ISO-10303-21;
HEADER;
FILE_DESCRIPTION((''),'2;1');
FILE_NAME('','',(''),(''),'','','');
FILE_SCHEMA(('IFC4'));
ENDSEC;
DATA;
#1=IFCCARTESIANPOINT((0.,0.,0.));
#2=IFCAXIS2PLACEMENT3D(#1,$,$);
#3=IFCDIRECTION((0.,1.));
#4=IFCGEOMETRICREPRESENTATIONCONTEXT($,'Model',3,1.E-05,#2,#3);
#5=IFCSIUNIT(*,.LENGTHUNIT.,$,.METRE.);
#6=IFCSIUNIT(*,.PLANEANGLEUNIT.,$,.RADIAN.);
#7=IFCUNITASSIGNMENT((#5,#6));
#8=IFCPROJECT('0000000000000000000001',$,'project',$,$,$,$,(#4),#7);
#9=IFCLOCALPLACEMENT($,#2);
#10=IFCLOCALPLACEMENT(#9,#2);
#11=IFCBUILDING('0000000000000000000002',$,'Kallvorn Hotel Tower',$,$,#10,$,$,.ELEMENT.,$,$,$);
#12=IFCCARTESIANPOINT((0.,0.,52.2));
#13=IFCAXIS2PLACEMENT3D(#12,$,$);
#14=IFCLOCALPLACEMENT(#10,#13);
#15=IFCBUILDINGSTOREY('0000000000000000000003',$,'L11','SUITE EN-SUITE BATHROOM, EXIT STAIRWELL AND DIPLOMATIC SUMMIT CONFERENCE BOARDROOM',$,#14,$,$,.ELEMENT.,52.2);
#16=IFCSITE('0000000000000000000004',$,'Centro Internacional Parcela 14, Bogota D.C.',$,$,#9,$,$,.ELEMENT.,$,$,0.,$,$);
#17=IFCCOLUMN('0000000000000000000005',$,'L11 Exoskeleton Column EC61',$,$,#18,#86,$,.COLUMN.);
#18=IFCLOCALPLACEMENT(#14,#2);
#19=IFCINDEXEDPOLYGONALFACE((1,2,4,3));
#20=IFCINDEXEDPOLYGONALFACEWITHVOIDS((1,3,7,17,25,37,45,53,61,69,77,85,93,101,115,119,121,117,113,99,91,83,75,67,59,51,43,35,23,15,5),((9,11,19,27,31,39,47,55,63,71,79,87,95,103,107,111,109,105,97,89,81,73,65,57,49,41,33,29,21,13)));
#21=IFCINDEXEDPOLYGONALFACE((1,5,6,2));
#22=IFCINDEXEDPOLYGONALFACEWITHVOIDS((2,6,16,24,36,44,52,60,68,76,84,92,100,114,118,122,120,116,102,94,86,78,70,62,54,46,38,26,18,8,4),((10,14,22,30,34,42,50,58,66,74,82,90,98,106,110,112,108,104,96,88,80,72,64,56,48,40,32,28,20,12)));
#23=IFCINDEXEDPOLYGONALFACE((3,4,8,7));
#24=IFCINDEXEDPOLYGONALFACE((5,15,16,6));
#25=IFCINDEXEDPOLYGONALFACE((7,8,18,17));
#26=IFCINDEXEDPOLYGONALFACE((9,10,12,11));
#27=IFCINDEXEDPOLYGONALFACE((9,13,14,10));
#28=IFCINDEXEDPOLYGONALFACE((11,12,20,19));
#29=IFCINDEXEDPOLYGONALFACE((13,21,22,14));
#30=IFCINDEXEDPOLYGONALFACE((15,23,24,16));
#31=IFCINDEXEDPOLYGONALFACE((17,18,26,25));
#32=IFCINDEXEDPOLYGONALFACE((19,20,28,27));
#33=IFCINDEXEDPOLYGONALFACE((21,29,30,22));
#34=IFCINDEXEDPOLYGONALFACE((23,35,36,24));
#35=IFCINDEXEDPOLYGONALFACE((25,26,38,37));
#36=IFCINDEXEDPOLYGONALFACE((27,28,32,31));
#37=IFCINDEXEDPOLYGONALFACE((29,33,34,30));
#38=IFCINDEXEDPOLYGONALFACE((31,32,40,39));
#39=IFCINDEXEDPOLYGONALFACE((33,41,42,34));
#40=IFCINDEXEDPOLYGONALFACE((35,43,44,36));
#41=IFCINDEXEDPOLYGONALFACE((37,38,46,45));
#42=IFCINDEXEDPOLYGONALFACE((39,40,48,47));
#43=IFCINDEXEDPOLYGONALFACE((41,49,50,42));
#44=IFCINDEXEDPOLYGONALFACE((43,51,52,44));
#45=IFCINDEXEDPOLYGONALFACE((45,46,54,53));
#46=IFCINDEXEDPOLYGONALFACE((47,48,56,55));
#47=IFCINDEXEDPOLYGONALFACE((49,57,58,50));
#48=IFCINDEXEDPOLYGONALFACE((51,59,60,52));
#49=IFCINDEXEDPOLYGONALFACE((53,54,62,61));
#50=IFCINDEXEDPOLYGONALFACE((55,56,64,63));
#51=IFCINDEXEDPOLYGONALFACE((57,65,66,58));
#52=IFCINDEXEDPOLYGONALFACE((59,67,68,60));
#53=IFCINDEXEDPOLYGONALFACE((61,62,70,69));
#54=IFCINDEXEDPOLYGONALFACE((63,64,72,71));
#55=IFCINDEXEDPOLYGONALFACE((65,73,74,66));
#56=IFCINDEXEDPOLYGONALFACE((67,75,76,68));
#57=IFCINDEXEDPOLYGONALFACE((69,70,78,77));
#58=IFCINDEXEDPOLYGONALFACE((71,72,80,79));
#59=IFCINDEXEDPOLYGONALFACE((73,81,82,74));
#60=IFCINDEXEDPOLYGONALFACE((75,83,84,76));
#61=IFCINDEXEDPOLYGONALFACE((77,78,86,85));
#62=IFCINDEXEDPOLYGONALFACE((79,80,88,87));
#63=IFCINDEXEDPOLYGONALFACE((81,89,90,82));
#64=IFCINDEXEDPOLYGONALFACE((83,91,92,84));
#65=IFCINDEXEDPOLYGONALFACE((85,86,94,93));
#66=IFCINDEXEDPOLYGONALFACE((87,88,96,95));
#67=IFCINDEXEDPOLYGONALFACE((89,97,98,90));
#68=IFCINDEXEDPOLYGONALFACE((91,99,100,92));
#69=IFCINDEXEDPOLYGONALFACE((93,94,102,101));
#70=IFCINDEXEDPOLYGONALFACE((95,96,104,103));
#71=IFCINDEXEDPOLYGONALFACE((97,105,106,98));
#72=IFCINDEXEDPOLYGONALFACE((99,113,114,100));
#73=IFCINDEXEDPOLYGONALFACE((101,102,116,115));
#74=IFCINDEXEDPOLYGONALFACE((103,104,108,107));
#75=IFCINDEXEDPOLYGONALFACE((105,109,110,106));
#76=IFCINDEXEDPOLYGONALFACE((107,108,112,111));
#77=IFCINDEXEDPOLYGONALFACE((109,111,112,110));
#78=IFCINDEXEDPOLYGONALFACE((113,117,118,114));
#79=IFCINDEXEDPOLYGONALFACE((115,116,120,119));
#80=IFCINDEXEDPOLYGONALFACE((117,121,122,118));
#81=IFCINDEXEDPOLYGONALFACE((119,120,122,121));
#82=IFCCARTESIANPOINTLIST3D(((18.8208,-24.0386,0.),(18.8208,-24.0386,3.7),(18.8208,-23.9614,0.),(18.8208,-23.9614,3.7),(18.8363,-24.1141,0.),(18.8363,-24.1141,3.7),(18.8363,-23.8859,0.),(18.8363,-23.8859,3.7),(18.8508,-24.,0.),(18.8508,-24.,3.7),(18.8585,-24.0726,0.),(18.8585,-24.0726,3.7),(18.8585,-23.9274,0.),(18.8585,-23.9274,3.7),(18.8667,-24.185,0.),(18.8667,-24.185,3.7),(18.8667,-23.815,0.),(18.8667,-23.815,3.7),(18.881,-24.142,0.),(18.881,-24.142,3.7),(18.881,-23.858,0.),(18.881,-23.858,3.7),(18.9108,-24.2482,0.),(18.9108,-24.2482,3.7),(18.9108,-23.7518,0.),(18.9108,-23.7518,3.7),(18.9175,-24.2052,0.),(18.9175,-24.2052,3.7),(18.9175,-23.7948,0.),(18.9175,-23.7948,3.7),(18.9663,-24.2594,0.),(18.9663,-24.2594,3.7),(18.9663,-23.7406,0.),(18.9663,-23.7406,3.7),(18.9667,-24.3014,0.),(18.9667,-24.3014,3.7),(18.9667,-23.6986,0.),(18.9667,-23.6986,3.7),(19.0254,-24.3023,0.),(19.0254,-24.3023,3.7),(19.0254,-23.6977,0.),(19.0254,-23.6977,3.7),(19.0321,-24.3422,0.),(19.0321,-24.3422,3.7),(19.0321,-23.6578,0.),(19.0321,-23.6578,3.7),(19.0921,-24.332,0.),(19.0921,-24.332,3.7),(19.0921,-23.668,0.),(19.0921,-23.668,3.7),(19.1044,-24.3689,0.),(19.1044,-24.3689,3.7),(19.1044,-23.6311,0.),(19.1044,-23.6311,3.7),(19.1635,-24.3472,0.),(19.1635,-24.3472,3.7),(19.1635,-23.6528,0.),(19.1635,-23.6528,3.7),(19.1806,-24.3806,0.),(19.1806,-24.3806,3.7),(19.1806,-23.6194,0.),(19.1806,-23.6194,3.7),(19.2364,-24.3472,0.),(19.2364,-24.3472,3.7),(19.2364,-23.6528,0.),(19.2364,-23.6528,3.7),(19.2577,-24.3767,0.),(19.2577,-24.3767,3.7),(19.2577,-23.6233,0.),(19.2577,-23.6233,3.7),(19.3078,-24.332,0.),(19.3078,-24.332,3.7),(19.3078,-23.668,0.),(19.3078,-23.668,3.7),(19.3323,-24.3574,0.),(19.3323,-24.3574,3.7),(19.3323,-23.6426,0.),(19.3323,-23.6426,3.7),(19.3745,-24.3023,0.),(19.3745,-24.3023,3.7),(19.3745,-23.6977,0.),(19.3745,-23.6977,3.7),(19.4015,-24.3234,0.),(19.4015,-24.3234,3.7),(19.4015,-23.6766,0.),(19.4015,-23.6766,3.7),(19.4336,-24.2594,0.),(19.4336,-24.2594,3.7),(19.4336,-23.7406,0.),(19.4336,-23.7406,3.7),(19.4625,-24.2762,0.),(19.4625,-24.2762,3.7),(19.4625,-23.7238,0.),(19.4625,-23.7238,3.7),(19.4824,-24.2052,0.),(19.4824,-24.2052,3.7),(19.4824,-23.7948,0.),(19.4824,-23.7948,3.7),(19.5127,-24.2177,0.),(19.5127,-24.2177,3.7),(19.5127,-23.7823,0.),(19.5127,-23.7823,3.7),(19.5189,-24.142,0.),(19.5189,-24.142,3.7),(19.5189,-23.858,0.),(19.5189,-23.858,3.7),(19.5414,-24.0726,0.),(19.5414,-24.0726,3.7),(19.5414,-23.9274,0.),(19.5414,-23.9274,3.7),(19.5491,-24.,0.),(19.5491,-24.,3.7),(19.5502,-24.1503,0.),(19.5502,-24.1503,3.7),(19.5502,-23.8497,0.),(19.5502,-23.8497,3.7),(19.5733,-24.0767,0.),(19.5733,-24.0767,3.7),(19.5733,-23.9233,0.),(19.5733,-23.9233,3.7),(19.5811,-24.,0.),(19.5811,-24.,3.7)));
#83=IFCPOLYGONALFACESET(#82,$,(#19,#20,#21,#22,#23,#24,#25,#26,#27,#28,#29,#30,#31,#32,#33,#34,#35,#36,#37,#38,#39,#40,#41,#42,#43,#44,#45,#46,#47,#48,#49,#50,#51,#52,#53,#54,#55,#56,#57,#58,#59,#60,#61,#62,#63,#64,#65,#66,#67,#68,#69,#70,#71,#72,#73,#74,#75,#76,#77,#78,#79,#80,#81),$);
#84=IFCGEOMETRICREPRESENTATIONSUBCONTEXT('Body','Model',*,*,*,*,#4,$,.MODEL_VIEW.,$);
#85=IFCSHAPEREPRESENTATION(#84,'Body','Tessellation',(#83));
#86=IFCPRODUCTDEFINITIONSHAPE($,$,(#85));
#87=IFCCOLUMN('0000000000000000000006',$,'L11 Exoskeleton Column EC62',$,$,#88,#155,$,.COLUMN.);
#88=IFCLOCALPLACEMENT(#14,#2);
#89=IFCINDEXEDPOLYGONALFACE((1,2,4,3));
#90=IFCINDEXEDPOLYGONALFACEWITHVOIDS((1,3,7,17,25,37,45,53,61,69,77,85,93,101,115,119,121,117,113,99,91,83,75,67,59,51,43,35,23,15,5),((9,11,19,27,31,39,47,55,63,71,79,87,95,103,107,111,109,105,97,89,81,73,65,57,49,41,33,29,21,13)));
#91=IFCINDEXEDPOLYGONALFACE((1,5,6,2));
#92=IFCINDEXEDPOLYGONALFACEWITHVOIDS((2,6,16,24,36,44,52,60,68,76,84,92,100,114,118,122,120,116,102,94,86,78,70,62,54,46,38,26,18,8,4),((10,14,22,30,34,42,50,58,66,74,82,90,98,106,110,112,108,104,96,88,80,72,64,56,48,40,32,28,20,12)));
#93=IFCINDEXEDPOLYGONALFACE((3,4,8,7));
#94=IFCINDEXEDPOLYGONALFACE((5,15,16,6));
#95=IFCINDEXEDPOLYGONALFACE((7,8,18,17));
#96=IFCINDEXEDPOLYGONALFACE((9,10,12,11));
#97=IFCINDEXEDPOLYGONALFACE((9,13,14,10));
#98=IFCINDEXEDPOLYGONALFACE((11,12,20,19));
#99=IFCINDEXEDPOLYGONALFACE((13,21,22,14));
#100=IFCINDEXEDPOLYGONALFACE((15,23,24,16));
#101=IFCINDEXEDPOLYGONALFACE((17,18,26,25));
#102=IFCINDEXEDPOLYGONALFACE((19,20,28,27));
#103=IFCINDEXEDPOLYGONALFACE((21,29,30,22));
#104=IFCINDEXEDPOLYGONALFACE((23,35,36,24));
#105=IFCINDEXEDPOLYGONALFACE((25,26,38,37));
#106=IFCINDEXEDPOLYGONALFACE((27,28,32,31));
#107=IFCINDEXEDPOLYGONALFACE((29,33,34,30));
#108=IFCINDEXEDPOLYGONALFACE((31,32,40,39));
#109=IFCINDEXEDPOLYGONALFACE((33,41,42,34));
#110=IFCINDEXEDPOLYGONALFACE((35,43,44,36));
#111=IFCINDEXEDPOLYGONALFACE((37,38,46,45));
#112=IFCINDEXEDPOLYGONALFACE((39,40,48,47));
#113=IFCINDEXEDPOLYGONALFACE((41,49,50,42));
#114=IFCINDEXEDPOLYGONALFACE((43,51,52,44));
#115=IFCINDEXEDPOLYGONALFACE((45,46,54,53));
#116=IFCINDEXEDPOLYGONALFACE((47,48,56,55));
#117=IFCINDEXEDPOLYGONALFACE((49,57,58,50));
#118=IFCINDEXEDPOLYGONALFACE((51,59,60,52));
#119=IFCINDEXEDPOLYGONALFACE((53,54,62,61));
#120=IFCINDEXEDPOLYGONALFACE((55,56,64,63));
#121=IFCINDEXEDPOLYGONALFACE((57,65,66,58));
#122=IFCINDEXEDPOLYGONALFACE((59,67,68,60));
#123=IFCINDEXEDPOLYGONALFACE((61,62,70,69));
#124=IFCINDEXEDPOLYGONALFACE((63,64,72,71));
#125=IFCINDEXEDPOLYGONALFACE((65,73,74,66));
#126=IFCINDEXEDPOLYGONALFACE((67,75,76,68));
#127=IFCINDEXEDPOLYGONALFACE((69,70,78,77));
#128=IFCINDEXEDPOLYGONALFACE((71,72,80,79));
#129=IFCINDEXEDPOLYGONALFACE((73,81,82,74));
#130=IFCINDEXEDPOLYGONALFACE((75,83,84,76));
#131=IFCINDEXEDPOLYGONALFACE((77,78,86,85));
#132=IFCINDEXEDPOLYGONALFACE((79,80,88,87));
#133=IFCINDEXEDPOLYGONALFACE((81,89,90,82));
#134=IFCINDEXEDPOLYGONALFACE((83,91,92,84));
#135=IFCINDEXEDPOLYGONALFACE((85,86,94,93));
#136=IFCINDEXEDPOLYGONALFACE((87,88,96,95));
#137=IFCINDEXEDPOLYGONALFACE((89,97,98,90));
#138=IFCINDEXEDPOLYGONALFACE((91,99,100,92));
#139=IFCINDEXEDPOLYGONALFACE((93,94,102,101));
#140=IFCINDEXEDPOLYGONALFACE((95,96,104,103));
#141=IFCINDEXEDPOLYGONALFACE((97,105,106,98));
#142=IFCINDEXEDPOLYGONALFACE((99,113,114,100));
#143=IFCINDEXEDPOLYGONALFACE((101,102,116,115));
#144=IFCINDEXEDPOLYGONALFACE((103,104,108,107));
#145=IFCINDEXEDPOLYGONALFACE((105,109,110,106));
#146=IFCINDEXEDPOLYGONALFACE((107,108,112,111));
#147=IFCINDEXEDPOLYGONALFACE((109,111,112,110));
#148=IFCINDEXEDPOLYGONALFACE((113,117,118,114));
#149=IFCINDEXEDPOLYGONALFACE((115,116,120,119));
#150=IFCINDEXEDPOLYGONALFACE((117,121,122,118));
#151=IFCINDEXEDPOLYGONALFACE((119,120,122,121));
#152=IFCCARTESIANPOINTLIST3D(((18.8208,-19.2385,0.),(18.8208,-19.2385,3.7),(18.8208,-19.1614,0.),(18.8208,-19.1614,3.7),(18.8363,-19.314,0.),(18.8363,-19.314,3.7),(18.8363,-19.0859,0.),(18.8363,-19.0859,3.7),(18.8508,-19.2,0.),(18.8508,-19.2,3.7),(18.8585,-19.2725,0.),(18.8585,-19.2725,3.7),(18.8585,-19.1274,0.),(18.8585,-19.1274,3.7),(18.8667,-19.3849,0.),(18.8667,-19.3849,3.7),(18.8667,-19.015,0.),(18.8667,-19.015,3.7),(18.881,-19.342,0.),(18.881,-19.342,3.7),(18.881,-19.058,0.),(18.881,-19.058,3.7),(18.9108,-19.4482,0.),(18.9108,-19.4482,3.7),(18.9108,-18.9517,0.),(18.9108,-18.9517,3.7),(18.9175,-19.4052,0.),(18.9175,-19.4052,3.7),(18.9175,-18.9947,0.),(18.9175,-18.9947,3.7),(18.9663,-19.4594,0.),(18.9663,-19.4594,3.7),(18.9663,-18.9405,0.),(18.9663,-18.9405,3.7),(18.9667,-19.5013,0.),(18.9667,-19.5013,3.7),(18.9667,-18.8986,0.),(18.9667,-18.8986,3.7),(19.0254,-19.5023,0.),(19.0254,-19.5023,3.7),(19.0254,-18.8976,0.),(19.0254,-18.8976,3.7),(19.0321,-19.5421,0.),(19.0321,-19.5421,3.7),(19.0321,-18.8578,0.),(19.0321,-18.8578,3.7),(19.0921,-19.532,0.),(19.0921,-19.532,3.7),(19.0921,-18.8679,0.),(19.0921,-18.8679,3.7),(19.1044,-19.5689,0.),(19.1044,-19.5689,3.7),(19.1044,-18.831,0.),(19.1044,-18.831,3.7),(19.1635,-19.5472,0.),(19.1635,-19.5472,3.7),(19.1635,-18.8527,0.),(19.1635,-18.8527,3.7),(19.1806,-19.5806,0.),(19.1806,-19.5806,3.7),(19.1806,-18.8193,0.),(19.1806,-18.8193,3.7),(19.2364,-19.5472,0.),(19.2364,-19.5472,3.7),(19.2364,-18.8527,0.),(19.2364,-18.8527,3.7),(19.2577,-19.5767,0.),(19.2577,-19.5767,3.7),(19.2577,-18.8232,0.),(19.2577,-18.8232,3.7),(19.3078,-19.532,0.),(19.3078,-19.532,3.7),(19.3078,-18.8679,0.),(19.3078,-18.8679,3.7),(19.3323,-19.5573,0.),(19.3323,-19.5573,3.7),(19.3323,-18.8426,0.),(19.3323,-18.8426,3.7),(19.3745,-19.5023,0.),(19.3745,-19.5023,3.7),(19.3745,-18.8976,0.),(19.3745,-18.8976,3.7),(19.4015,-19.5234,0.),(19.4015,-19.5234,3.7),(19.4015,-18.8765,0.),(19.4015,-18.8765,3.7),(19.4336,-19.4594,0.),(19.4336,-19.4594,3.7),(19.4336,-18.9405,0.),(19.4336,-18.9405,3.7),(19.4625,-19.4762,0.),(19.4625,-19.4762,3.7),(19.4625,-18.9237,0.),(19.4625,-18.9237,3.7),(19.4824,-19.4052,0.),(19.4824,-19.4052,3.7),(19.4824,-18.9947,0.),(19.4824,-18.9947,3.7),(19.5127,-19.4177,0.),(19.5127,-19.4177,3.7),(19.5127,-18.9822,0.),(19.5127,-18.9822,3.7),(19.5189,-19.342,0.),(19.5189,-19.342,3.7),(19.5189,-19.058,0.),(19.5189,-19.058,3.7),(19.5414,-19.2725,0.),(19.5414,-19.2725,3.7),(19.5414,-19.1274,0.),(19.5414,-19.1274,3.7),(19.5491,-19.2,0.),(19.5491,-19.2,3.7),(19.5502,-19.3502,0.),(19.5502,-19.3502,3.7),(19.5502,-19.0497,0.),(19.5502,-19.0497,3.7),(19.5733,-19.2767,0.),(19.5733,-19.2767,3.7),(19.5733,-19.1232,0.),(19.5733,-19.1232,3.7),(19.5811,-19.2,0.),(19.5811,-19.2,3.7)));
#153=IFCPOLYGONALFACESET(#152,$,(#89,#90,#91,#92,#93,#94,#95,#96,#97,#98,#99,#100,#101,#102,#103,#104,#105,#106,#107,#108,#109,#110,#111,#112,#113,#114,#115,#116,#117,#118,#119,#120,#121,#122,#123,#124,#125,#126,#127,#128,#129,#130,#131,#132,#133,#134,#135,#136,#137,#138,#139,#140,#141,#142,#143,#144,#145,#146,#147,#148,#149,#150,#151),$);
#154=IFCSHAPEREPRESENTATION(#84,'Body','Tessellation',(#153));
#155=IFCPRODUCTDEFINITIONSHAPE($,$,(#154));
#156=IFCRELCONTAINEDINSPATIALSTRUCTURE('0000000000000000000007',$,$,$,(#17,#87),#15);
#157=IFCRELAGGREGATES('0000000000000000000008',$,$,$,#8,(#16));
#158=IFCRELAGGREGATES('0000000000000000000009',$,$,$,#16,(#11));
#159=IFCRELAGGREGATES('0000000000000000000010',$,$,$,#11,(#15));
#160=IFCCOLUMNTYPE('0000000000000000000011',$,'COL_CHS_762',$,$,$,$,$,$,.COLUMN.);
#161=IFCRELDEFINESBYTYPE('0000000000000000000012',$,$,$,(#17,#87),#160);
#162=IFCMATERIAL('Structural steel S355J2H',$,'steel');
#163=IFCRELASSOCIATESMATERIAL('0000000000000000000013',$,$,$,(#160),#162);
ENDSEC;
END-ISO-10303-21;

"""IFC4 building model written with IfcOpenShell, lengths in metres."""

from ifc_helpers import new_model, si_unit, direction, frame, origin, origin_2d, place, context, subcontext, project, spatial, hollow_circle, extrude, material, material_profile, profile_set, type_object, element, save


model = new_model("IFC4")

# Units and contexts
model_context = context("Model", 3, precision=1e-05, world=origin(), true_north=direction((0.0, 1.0)))
body_context = subcontext(model_context, "Body", "Model", "MODEL_VIEW")
ifc_project = project(units=[si_unit("LENGTHUNIT", "METRE"), si_unit("PLANEANGLEUNIT", "RADIAN")], contexts=[model_context])

# Site, building, storey
site_placement = place(None, origin())
site = spatial("IfcSite", under=ifc_project, at=site_placement, Name="Centro Internacional Parcela 14, Bogota D.C.", CompositionType="ELEMENT", RefElevation=0.0)
building_placement = place(site_placement, origin())
building = spatial("IfcBuilding", under=site, at=building_placement, Name="Kallvorn Hotel Tower", CompositionType="ELEMENT")
storey_placement = place(building_placement, frame((0.0, 0.0, 52.2)))
storey = spatial("IfcBuildingStorey", under=building, at=storey_placement, Name="L11", Description="SUITE EN-SUITE BATHROOM, EXIT STAIRWELL AND DIPLOMATIC SUMMIT CONFERENCE BOARDROOM", CompositionType="ELEMENT", Elevation=52.2)

# Columns
ifc_material_1 = material(Name="Structural steel S355J2H", Category="steel")
ifc_material_profile_1 = material_profile(ifc_material_1, hollow_circle(Radius=0.3811, WallThickness=0.032, at=origin_2d()), Name="CHS 762x32")
ifc_profile_set_1 = profile_set([ifc_material_profile_1], Name="Structural steel S355J2H")
column_type_1 = type_object("IfcColumnType", Name="COL_CHS_762", PredefinedType="COLUMN", material=ifc_profile_set_1)
for number, where, z_axis, x_axis, name in (
    (1, (19.2, -24.0, 0.0), (0.0, 0.0, 1.0), (1.0, 0.0, 0.0), "L11 Exoskeleton Column EC61"),
    (2, (19.2, -19.2, 0.0), (0.0, 0.0, 1.0), (1.0, 0.0, 0.0), "L11 Exoskeleton Column EC62"),
):
    element("IfcColumn", number, at=place(storey_placement, frame(where, z_axis=z_axis, x_axis=x_axis)), inside=storey, type_object=column_type_1, Name=name, PredefinedType="COLUMN", context=body_context, shape_type="SweptSolid", body=[
        extrude(hollow_circle(Radius=0.3811, WallThickness=0.032, at=origin_2d()), origin(), (0.0, 0.0, 1.0), 3.7),
    ])

save(model, "model.ifc")
